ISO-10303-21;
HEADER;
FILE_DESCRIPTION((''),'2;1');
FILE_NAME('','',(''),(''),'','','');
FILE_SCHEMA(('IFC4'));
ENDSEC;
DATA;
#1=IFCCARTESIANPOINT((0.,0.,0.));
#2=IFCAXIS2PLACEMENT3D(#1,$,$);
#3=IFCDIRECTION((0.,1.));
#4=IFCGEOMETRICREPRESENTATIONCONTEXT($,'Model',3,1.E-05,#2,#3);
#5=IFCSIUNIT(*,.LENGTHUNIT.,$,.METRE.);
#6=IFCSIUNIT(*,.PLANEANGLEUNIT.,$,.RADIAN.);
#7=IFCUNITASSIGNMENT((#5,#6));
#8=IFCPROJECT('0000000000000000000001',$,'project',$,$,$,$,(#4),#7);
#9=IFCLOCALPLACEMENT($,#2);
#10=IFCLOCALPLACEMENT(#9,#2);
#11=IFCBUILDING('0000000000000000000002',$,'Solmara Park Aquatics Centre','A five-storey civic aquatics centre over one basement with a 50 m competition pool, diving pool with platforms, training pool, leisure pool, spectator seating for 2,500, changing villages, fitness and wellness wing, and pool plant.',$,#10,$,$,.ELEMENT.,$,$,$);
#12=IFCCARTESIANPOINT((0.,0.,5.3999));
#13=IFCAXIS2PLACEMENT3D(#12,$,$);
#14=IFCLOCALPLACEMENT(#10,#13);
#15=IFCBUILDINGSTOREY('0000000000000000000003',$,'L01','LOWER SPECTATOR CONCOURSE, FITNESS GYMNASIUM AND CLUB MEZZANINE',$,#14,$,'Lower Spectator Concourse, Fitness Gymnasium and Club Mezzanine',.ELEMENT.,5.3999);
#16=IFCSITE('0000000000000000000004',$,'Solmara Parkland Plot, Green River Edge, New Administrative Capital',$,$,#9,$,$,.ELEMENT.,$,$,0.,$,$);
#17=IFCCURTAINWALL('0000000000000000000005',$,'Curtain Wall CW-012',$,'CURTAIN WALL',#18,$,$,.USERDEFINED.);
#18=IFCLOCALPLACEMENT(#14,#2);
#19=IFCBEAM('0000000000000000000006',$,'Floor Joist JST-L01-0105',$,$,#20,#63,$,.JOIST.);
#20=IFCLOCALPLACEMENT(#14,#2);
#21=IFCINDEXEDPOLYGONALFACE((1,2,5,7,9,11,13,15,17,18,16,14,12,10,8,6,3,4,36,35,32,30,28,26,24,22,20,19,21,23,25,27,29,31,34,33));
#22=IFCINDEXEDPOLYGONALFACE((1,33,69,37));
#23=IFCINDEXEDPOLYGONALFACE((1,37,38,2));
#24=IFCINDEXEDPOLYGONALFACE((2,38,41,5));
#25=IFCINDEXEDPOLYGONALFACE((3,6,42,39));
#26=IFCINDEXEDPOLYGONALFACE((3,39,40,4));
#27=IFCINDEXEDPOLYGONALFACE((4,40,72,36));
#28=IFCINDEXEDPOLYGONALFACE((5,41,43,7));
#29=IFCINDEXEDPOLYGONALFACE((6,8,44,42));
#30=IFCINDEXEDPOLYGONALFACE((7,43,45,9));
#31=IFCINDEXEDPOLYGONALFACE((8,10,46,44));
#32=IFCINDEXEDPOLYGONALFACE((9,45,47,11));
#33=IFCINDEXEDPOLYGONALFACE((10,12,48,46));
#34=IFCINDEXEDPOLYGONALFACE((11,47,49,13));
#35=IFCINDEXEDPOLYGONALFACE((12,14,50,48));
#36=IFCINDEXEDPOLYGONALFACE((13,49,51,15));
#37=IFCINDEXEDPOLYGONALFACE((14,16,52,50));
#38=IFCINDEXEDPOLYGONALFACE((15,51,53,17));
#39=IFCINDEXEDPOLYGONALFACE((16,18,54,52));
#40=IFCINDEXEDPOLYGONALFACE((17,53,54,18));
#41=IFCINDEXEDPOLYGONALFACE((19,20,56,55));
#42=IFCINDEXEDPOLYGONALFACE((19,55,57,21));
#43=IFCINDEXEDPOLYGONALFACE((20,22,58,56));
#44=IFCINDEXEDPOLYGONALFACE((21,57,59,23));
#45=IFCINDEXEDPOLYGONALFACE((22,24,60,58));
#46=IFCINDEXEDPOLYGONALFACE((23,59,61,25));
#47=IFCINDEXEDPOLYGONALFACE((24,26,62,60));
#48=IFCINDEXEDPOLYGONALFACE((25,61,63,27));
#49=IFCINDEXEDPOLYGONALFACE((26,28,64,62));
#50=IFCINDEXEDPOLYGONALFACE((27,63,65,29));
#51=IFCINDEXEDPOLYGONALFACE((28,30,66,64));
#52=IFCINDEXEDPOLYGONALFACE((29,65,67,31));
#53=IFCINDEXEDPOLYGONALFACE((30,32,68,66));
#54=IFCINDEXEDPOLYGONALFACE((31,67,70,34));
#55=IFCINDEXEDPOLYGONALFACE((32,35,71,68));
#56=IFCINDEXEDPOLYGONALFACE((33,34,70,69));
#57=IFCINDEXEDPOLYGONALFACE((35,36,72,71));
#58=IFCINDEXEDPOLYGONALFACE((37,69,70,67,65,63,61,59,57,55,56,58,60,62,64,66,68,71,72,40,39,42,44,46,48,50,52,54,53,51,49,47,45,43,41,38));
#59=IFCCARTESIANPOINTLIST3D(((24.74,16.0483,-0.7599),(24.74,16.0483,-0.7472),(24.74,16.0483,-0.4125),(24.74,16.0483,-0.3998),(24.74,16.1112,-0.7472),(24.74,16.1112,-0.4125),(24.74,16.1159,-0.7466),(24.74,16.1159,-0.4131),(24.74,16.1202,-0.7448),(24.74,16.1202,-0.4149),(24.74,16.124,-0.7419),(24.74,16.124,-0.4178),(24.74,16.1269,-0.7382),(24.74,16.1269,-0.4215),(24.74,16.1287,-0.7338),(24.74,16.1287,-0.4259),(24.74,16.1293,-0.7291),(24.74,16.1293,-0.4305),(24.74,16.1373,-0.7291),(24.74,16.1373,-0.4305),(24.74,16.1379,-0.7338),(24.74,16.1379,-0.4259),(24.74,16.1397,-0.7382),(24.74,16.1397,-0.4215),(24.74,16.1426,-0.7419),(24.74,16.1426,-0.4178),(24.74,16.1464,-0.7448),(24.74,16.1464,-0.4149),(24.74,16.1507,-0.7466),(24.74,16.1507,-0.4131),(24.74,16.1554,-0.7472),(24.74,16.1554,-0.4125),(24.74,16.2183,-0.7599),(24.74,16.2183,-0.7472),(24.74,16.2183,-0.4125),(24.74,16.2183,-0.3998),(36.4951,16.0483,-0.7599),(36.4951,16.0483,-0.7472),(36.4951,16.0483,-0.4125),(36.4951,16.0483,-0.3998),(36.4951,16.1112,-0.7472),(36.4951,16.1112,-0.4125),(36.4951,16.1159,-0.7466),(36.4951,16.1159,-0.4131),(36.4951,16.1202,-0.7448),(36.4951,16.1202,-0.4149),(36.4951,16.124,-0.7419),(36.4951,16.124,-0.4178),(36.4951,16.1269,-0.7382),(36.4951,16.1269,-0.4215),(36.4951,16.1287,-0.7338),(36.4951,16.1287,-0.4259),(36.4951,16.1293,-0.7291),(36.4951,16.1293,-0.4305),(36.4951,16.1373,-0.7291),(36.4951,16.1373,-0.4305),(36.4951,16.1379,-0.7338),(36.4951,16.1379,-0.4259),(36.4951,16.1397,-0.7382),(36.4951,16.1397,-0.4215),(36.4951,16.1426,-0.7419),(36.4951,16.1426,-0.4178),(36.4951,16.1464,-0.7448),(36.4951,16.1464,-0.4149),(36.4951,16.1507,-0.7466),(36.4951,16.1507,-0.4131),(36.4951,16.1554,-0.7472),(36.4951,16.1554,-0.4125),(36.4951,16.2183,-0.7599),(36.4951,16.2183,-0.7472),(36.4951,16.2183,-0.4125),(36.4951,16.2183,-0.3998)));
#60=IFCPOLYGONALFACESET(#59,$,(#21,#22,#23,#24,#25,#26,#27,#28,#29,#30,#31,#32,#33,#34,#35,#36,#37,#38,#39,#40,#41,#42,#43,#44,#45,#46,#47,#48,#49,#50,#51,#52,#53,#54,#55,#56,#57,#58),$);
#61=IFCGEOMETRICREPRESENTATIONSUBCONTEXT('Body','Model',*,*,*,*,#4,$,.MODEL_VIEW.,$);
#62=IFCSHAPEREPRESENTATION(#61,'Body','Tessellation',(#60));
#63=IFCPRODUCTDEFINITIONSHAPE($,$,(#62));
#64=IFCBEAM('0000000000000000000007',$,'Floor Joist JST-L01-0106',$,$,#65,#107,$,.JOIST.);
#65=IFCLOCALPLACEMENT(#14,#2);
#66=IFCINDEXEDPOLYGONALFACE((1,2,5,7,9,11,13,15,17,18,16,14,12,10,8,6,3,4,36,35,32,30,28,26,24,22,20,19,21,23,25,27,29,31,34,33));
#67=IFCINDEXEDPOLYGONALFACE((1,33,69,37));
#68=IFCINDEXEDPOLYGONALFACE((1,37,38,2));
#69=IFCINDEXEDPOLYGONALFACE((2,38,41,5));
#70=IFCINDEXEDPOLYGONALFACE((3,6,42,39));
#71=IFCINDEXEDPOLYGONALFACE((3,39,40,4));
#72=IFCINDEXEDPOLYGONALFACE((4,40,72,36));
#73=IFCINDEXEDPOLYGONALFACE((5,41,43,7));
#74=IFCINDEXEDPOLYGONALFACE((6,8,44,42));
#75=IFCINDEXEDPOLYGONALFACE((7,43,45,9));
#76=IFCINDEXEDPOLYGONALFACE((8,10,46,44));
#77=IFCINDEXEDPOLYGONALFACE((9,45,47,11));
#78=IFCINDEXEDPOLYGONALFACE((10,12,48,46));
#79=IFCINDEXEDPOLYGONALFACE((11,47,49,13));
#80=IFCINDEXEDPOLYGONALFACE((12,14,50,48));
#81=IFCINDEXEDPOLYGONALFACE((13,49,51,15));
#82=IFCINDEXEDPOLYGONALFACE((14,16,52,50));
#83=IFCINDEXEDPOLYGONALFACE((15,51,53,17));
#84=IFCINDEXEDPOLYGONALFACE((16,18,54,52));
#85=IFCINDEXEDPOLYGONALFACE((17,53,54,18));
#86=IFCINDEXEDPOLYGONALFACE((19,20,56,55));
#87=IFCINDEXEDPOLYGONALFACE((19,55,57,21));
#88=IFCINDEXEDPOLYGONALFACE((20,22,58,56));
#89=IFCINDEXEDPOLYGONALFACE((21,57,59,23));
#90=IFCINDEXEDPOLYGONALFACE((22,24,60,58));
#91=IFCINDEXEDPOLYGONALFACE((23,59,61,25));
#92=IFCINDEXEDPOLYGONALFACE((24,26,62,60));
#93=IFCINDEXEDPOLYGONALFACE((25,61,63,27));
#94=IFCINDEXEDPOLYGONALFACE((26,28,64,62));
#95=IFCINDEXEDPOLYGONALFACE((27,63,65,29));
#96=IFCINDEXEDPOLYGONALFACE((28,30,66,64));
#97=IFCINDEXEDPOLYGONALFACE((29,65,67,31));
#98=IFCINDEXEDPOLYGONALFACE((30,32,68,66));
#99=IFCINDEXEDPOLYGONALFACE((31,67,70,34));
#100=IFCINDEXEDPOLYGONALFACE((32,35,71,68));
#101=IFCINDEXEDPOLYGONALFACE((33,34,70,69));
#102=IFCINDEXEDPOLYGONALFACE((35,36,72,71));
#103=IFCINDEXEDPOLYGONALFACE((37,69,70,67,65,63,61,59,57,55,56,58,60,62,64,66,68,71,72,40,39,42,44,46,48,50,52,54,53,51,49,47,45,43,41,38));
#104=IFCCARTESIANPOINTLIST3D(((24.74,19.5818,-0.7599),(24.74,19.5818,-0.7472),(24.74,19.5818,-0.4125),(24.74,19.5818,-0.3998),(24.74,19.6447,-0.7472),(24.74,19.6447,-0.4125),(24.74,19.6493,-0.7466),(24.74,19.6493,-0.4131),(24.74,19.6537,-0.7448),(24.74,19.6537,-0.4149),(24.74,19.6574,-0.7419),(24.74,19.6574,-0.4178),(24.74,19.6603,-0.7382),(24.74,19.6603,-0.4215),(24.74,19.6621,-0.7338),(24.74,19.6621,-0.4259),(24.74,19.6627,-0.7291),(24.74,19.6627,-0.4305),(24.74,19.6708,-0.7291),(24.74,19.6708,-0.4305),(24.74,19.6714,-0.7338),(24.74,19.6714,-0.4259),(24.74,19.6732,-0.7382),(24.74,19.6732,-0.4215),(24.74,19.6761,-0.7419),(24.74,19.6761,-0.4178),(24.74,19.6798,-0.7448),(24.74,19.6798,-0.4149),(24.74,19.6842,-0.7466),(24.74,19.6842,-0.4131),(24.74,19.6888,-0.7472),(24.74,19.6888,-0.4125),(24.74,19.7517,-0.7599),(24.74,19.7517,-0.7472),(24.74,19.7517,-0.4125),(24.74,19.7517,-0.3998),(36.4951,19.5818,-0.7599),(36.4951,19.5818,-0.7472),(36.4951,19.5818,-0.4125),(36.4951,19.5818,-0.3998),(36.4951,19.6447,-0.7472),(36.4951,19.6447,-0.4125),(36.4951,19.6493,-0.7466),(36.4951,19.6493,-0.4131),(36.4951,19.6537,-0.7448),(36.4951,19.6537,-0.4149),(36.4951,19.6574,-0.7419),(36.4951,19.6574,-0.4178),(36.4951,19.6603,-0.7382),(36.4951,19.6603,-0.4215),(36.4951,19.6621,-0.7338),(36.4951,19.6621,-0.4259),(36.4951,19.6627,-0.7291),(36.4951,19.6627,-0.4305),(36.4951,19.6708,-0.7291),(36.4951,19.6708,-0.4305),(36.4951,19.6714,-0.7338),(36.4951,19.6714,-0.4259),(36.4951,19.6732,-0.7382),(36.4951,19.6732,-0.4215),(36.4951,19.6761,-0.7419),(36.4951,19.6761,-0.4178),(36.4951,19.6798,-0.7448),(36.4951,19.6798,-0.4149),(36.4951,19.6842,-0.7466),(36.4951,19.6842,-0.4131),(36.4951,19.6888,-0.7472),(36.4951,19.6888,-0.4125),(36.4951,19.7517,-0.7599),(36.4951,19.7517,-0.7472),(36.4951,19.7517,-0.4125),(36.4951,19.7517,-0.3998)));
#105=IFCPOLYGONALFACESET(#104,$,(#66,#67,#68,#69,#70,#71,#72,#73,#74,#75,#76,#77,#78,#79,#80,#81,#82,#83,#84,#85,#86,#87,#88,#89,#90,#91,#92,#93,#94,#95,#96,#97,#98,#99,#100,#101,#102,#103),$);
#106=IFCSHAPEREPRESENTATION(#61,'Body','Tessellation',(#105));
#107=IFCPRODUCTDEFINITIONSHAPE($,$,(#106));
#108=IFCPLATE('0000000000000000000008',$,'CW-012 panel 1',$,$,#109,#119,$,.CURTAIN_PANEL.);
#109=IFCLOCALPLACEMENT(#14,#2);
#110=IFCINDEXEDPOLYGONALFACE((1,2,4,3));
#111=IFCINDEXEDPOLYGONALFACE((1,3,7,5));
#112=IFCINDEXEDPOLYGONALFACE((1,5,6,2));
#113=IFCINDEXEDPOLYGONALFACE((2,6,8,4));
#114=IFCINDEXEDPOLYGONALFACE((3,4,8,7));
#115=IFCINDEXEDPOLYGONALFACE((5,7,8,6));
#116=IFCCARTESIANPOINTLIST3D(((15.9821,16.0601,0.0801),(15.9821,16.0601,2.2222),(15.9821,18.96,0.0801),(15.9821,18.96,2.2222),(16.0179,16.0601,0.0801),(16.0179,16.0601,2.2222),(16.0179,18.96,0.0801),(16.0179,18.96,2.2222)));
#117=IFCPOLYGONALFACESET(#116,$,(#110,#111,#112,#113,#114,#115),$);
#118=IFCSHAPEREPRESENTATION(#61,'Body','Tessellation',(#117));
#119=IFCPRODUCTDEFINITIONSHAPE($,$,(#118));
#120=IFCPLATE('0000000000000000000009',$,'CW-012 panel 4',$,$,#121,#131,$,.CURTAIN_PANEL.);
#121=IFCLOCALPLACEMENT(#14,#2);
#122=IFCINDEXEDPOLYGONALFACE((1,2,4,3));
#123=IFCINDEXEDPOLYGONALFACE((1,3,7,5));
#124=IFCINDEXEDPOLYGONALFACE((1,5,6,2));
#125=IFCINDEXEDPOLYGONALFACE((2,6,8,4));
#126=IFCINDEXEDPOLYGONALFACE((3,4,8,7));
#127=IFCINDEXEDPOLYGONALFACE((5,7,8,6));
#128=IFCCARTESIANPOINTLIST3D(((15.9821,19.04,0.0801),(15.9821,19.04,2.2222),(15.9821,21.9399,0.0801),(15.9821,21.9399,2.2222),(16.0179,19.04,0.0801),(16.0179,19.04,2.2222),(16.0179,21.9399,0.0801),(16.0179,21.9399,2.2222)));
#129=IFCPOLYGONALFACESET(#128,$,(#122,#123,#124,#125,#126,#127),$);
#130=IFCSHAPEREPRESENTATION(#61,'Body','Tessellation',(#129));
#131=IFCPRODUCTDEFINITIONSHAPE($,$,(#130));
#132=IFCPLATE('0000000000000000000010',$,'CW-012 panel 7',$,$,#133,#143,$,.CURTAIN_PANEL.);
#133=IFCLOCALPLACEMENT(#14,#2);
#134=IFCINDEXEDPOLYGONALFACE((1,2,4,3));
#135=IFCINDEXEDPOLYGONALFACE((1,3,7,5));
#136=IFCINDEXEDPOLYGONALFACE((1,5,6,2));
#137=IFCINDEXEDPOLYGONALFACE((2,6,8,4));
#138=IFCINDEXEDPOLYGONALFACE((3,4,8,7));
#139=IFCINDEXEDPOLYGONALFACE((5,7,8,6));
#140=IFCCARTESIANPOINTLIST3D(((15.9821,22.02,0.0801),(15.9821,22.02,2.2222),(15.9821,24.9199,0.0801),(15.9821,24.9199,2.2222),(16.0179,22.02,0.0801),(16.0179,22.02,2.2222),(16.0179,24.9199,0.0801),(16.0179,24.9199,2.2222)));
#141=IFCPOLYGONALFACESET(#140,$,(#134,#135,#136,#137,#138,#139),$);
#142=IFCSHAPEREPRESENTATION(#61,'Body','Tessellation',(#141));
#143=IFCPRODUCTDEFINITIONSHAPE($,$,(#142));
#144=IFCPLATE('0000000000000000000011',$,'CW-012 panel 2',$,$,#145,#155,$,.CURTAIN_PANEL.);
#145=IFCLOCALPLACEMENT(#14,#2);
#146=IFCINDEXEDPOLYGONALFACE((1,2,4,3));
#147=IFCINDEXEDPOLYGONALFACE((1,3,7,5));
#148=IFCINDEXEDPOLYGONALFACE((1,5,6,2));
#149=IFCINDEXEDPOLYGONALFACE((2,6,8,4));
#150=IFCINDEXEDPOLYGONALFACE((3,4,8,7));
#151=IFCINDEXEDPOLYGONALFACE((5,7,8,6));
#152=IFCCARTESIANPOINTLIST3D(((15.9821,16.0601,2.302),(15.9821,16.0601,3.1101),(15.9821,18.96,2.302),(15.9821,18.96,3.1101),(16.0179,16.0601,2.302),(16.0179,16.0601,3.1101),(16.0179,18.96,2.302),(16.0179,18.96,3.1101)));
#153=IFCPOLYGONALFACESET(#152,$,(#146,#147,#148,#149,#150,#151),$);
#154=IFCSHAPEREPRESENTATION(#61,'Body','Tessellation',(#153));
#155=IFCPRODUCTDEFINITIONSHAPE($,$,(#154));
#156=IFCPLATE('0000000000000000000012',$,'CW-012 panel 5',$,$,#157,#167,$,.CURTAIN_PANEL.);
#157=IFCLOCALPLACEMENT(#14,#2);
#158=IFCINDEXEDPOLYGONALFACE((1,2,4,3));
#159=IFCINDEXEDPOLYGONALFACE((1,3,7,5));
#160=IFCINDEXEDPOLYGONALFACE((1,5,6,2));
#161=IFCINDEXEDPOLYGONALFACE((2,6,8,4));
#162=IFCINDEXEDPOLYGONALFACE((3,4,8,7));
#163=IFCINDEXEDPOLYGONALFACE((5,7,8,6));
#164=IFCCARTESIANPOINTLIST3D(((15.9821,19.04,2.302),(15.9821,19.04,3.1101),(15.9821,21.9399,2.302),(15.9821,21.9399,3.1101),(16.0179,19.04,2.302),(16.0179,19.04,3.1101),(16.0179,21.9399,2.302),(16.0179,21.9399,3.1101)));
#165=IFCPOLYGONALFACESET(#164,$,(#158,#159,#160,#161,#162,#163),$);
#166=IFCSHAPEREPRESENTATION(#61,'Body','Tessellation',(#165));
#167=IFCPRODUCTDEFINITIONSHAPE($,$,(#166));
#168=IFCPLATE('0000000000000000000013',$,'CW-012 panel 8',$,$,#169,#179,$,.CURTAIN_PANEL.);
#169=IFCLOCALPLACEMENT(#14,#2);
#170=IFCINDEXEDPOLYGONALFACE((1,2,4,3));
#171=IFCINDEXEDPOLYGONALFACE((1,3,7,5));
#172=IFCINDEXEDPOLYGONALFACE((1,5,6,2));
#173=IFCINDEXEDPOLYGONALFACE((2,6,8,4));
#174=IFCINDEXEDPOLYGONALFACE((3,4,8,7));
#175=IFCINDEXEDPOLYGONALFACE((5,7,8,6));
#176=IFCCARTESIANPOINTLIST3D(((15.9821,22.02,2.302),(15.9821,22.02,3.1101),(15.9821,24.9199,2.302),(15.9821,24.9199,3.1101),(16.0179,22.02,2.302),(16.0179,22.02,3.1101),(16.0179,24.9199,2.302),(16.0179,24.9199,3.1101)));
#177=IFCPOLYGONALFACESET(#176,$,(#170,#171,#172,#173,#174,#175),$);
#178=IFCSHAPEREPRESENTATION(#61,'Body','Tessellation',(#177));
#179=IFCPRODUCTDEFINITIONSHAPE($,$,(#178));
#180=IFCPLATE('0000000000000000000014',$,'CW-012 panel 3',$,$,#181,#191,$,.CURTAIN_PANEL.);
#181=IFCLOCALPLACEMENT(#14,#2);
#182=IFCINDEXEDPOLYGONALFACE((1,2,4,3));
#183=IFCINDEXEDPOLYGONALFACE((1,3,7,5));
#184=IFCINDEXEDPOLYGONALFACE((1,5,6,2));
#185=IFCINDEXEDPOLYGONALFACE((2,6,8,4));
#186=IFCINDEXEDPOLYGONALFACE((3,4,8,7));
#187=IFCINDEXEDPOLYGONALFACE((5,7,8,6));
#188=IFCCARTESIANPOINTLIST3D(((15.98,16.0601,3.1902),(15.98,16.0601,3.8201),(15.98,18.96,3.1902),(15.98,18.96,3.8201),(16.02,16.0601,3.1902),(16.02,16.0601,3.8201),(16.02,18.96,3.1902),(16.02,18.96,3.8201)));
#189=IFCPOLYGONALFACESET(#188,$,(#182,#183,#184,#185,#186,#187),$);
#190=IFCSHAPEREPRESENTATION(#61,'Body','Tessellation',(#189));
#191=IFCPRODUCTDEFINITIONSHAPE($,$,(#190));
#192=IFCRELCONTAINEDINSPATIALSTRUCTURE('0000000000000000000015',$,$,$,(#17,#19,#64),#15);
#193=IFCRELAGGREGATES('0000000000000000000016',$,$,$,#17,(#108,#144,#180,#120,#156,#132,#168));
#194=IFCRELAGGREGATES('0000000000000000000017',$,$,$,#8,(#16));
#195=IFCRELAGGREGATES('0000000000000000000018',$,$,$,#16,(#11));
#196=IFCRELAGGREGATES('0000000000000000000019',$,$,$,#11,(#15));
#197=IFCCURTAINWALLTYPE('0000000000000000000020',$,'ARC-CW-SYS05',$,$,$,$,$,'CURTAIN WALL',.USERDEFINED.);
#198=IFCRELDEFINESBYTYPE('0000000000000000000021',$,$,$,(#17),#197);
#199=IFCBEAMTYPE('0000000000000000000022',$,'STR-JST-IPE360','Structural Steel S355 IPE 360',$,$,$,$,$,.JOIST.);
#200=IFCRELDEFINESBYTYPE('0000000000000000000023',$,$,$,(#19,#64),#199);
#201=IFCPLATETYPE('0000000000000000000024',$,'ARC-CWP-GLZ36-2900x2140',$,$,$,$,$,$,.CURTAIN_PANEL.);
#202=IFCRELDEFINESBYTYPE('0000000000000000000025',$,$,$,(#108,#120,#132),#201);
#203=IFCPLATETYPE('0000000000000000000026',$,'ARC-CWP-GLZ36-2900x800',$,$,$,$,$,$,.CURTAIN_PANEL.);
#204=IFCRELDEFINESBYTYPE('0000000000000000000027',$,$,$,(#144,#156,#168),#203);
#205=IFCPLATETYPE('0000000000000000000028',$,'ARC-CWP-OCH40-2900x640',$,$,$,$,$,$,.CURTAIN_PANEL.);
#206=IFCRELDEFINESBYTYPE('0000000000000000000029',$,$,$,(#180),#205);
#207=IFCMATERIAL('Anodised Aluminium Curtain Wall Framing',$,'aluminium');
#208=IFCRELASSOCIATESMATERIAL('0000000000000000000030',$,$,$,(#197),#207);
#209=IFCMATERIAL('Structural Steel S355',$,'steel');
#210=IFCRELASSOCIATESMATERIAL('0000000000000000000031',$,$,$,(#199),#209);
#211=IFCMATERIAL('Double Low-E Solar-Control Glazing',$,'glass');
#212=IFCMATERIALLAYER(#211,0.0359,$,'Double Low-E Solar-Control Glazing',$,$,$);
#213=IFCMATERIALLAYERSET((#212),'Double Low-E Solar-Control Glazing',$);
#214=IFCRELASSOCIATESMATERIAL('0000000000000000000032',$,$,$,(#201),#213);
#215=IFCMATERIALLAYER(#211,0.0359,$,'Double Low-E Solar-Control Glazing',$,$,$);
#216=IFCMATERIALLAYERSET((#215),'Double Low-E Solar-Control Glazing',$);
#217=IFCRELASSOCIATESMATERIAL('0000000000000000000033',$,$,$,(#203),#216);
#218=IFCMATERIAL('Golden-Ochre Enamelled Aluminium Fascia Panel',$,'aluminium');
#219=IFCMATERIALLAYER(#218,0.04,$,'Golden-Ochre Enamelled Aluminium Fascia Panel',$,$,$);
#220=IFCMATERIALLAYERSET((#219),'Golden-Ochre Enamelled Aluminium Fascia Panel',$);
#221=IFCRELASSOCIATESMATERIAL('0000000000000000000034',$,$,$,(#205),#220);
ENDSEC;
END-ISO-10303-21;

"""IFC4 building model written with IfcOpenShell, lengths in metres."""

from ifc_helpers import new_model, si_unit, direction, frame, origin, origin_2d, place, context, subcontext, project, spatial, rectangle, i_section, extrude, material, layer, layer_set, material_profile, profile_set, type_object, element, aggregate, save


model = new_model("IFC4")

# Units and contexts
model_context = context("Model", 3, precision=1e-05, world=origin(), true_north=direction((0.0, 1.0)))
body_context = subcontext(model_context, "Body", "Model", "MODEL_VIEW")
ifc_project = project(units=[si_unit("LENGTHUNIT", "METRE"), si_unit("PLANEANGLEUNIT", "RADIAN")], contexts=[model_context])

# Site, building, storey
site_placement = place(None, origin())
site = spatial("IfcSite", under=ifc_project, at=site_placement, Name="Solmara Parkland Plot, Green River Edge, New Administrative Capital", CompositionType="ELEMENT", RefElevation=0.0)
building_placement = place(site_placement, origin())
building = spatial("IfcBuilding", under=site, at=building_placement, Name="Solmara Park Aquatics Centre", Description="A five-storey civic aquatics centre over one basement with a 50 m competition pool, diving pool with platforms, training pool, leisure pool, spectator seating for 2,500, changing villages, fitness and wellness wing, and pool plant.", CompositionType="ELEMENT")
storey_placement = place(building_placement, frame((0.0, 0.0, 5.3999)))
storey = spatial("IfcBuildingStorey", under=building, at=storey_placement, Name="L01", Description="LOWER SPECTATOR CONCOURSE, FITNESS GYMNASIUM AND CLUB MEZZANINE", LongName="Lower Spectator Concourse, Fitness Gymnasium and Club Mezzanine", CompositionType="ELEMENT", Elevation=5.3999)

# Shared definitions
ifc_material_1 = material(Name="Structural Steel S355", Category="steel")

# Curtain wall
ifc_material_2 = material(Name="Anodised Aluminium Curtain Wall Framing", Category="aluminium")
curtain_wall_type = type_object("IfcCurtainWallType", Name="ARC-CW-SYS05", ElementType="CURTAIN WALL", PredefinedType="USERDEFINED", material=ifc_material_2)
curtain_wall_placement = place(storey_placement, origin())
curtain_wall = element("IfcCurtainWall", 1, at=curtain_wall_placement, inside=storey, type_object=curtain_wall_type, Name="Curtain Wall CW-012", ObjectType="CURTAIN WALL", PredefinedType="USERDEFINED")

# Beams
ifc_material_profile_1 = material_profile(ifc_material_1, i_section(OverallWidth=0.1699, OverallDepth=0.3601, WebThickness=0.0081, FlangeThickness=0.0127, FilletRadius=0.0181, at=origin_2d()), Name="IPE 360")
ifc_profile_set_1 = profile_set([ifc_material_profile_1], Name="Structural Steel S355")
beam_type_1 = type_object("IfcBeamType", Name="STR-JST-IPE360", Description="Structural Steel S355 IPE 360", PredefinedType="JOIST", material=ifc_profile_set_1)
for number, where, z_axis, x_axis, name in (
    (2, (24.74, 16.1333, -0.5798), (1.0, 0.0, 0.0), (0.0, 1.0, 0.0), "Floor Joist JST-L01-0105"),
    (3, (24.74, 19.6667, -0.5798), (1.0, 0.0, 0.0), (0.0, 1.0, 0.0), "Floor Joist JST-L01-0106"),
):
    element("IfcBeam", number, at=place(storey_placement, frame(where, z_axis=z_axis, x_axis=x_axis)), inside=storey, type_object=beam_type_1, Name=name, PredefinedType="JOIST", context=body_context, shape_type="SweptSolid", body=[
        extrude(i_section(OverallWidth=0.1699, OverallDepth=0.3601, WebThickness=0.0081, FlangeThickness=0.0127, FilletRadius=0.0181, at=origin_2d()), origin(), (0.0, 0.0, 1.0), 11.7551),
    ])

# Plates
ifc_material_3 = material(Name="Double Low-E Solar-Control Glazing", Category="glass")
ifc_layer_1 = layer(ifc_material_3, 0.0359, Name="Double Low-E Solar-Control Glazing")
ifc_layer_set_1 = layer_set([ifc_layer_1], Name="Double Low-E Solar-Control Glazing")
plate_type_1 = type_object("IfcPlateType", Name="ARC-CWP-GLZ36-2900x2140", PredefinedType="CURTAIN_PANEL", material=ifc_layer_set_1)
plate_1_placement = place(storey_placement, frame((16.0, 17.51, 0.0801), z_axis=(0.0, 0.0, 1.0), x_axis=(0.0, 1.0, 0.0)))
plate_1 = element("IfcPlate", 4, at=plate_1_placement, type_object=plate_type_1, Name="CW-012 panel 1", PredefinedType="CURTAIN_PANEL", context=body_context, shape_type="SweptSolid", body=[
    extrude(rectangle(XDim=2.8999, YDim=0.0359, at=origin_2d()), origin(), (0.0, 0.0, 1.0), 2.1421),
])
plate_2_placement = place(storey_placement, frame((16.0, 20.49, 0.0801), z_axis=(0.0, 0.0, 1.0), x_axis=(0.0, 1.0, 0.0)))
plate_2 = element("IfcPlate", 5, at=plate_2_placement, type_object=plate_type_1, Name="CW-012 panel 4", PredefinedType="CURTAIN_PANEL", context=body_context, shape_type="SweptSolid", body=[
    extrude(rectangle(XDim=2.8999, YDim=0.0359, at=origin_2d()), origin(), (0.0, 0.0, 1.0), 2.1421),
])
plate_3_placement = place(storey_placement, frame((16.0, 23.47, 0.0801), z_axis=(0.0, 0.0, 1.0), x_axis=(0.0, 1.0, 0.0)))
plate_3 = element("IfcPlate", 6, at=plate_3_placement, type_object=plate_type_1, Name="CW-012 panel 7", PredefinedType="CURTAIN_PANEL", context=body_context, shape_type="SweptSolid", body=[
    extrude(rectangle(XDim=2.8999, YDim=0.0359, at=origin_2d()), origin(), (0.0, 0.0, 1.0), 2.1421),
])
ifc_layer_2 = layer(ifc_material_3, 0.0359, Name="Double Low-E Solar-Control Glazing")
ifc_layer_set_2 = layer_set([ifc_layer_2], Name="Double Low-E Solar-Control Glazing")
plate_type_2 = type_object("IfcPlateType", Name="ARC-CWP-GLZ36-2900x800", PredefinedType="CURTAIN_PANEL", material=ifc_layer_set_2)
plate_4_placement = place(storey_placement, frame((16.0, 17.51, 2.302), z_axis=(0.0, 0.0, 1.0), x_axis=(0.0, 1.0, 0.0)))
plate_4 = element("IfcPlate", 7, at=plate_4_placement, type_object=plate_type_2, Name="CW-012 panel 2", PredefinedType="CURTAIN_PANEL", context=body_context, shape_type="SweptSolid", body=[
    extrude(rectangle(XDim=2.8999, YDim=0.0359, at=origin_2d()), origin(), (0.0, 0.0, 1.0), 0.8081),
])
plate_5_placement = place(storey_placement, frame((16.0, 20.49, 2.302), z_axis=(0.0, 0.0, 1.0), x_axis=(0.0, 1.0, 0.0)))
plate_5 = element("IfcPlate", 8, at=plate_5_placement, type_object=plate_type_2, Name="CW-012 panel 5", PredefinedType="CURTAIN_PANEL", context=body_context, shape_type="SweptSolid", body=[
    extrude(rectangle(XDim=2.8999, YDim=0.0359, at=origin_2d()), origin(), (0.0, 0.0, 1.0), 0.8081),
])
plate_6_placement = place(storey_placement, frame((16.0, 23.47, 2.302), z_axis=(0.0, 0.0, 1.0), x_axis=(0.0, 1.0, 0.0)))
plate_6 = element("IfcPlate", 9, at=plate_6_placement, type_object=plate_type_2, Name="CW-012 panel 8", PredefinedType="CURTAIN_PANEL", context=body_context, shape_type="SweptSolid", body=[
    extrude(rectangle(XDim=2.8999, YDim=0.0359, at=origin_2d()), origin(), (0.0, 0.0, 1.0), 0.8081),
])
ifc_material_4 = material(Name="Golden-Ochre Enamelled Aluminium Fascia Panel", Category="aluminium")
ifc_layer_3 = layer(ifc_material_4, 0.04, Name="Golden-Ochre Enamelled Aluminium Fascia Panel")
ifc_layer_set_3 = layer_set([ifc_layer_3], Name="Golden-Ochre Enamelled Aluminium Fascia Panel")
plate_type_3 = type_object("IfcPlateType", Name="ARC-CWP-OCH40-2900x640", PredefinedType="CURTAIN_PANEL", material=ifc_layer_set_3)
plate_7_placement = place(storey_placement, frame((16.0, 17.51, 3.1902), z_axis=(0.0, 0.0, 1.0), x_axis=(0.0, 1.0, 0.0)))
plate_7 = element("IfcPlate", 10, at=plate_7_placement, type_object=plate_type_3, Name="CW-012 panel 3", PredefinedType="CURTAIN_PANEL", context=body_context, shape_type="SweptSolid", body=[
    extrude(rectangle(XDim=2.8999, YDim=0.04, at=origin_2d()), origin(), (0.0, 0.0, 1.0), 0.6299),
])
aggregate(curtain_wall, [plate_1, plate_4, plate_7, plate_2, plate_5, plate_3, plate_6])

save(model, "model.ifc")
